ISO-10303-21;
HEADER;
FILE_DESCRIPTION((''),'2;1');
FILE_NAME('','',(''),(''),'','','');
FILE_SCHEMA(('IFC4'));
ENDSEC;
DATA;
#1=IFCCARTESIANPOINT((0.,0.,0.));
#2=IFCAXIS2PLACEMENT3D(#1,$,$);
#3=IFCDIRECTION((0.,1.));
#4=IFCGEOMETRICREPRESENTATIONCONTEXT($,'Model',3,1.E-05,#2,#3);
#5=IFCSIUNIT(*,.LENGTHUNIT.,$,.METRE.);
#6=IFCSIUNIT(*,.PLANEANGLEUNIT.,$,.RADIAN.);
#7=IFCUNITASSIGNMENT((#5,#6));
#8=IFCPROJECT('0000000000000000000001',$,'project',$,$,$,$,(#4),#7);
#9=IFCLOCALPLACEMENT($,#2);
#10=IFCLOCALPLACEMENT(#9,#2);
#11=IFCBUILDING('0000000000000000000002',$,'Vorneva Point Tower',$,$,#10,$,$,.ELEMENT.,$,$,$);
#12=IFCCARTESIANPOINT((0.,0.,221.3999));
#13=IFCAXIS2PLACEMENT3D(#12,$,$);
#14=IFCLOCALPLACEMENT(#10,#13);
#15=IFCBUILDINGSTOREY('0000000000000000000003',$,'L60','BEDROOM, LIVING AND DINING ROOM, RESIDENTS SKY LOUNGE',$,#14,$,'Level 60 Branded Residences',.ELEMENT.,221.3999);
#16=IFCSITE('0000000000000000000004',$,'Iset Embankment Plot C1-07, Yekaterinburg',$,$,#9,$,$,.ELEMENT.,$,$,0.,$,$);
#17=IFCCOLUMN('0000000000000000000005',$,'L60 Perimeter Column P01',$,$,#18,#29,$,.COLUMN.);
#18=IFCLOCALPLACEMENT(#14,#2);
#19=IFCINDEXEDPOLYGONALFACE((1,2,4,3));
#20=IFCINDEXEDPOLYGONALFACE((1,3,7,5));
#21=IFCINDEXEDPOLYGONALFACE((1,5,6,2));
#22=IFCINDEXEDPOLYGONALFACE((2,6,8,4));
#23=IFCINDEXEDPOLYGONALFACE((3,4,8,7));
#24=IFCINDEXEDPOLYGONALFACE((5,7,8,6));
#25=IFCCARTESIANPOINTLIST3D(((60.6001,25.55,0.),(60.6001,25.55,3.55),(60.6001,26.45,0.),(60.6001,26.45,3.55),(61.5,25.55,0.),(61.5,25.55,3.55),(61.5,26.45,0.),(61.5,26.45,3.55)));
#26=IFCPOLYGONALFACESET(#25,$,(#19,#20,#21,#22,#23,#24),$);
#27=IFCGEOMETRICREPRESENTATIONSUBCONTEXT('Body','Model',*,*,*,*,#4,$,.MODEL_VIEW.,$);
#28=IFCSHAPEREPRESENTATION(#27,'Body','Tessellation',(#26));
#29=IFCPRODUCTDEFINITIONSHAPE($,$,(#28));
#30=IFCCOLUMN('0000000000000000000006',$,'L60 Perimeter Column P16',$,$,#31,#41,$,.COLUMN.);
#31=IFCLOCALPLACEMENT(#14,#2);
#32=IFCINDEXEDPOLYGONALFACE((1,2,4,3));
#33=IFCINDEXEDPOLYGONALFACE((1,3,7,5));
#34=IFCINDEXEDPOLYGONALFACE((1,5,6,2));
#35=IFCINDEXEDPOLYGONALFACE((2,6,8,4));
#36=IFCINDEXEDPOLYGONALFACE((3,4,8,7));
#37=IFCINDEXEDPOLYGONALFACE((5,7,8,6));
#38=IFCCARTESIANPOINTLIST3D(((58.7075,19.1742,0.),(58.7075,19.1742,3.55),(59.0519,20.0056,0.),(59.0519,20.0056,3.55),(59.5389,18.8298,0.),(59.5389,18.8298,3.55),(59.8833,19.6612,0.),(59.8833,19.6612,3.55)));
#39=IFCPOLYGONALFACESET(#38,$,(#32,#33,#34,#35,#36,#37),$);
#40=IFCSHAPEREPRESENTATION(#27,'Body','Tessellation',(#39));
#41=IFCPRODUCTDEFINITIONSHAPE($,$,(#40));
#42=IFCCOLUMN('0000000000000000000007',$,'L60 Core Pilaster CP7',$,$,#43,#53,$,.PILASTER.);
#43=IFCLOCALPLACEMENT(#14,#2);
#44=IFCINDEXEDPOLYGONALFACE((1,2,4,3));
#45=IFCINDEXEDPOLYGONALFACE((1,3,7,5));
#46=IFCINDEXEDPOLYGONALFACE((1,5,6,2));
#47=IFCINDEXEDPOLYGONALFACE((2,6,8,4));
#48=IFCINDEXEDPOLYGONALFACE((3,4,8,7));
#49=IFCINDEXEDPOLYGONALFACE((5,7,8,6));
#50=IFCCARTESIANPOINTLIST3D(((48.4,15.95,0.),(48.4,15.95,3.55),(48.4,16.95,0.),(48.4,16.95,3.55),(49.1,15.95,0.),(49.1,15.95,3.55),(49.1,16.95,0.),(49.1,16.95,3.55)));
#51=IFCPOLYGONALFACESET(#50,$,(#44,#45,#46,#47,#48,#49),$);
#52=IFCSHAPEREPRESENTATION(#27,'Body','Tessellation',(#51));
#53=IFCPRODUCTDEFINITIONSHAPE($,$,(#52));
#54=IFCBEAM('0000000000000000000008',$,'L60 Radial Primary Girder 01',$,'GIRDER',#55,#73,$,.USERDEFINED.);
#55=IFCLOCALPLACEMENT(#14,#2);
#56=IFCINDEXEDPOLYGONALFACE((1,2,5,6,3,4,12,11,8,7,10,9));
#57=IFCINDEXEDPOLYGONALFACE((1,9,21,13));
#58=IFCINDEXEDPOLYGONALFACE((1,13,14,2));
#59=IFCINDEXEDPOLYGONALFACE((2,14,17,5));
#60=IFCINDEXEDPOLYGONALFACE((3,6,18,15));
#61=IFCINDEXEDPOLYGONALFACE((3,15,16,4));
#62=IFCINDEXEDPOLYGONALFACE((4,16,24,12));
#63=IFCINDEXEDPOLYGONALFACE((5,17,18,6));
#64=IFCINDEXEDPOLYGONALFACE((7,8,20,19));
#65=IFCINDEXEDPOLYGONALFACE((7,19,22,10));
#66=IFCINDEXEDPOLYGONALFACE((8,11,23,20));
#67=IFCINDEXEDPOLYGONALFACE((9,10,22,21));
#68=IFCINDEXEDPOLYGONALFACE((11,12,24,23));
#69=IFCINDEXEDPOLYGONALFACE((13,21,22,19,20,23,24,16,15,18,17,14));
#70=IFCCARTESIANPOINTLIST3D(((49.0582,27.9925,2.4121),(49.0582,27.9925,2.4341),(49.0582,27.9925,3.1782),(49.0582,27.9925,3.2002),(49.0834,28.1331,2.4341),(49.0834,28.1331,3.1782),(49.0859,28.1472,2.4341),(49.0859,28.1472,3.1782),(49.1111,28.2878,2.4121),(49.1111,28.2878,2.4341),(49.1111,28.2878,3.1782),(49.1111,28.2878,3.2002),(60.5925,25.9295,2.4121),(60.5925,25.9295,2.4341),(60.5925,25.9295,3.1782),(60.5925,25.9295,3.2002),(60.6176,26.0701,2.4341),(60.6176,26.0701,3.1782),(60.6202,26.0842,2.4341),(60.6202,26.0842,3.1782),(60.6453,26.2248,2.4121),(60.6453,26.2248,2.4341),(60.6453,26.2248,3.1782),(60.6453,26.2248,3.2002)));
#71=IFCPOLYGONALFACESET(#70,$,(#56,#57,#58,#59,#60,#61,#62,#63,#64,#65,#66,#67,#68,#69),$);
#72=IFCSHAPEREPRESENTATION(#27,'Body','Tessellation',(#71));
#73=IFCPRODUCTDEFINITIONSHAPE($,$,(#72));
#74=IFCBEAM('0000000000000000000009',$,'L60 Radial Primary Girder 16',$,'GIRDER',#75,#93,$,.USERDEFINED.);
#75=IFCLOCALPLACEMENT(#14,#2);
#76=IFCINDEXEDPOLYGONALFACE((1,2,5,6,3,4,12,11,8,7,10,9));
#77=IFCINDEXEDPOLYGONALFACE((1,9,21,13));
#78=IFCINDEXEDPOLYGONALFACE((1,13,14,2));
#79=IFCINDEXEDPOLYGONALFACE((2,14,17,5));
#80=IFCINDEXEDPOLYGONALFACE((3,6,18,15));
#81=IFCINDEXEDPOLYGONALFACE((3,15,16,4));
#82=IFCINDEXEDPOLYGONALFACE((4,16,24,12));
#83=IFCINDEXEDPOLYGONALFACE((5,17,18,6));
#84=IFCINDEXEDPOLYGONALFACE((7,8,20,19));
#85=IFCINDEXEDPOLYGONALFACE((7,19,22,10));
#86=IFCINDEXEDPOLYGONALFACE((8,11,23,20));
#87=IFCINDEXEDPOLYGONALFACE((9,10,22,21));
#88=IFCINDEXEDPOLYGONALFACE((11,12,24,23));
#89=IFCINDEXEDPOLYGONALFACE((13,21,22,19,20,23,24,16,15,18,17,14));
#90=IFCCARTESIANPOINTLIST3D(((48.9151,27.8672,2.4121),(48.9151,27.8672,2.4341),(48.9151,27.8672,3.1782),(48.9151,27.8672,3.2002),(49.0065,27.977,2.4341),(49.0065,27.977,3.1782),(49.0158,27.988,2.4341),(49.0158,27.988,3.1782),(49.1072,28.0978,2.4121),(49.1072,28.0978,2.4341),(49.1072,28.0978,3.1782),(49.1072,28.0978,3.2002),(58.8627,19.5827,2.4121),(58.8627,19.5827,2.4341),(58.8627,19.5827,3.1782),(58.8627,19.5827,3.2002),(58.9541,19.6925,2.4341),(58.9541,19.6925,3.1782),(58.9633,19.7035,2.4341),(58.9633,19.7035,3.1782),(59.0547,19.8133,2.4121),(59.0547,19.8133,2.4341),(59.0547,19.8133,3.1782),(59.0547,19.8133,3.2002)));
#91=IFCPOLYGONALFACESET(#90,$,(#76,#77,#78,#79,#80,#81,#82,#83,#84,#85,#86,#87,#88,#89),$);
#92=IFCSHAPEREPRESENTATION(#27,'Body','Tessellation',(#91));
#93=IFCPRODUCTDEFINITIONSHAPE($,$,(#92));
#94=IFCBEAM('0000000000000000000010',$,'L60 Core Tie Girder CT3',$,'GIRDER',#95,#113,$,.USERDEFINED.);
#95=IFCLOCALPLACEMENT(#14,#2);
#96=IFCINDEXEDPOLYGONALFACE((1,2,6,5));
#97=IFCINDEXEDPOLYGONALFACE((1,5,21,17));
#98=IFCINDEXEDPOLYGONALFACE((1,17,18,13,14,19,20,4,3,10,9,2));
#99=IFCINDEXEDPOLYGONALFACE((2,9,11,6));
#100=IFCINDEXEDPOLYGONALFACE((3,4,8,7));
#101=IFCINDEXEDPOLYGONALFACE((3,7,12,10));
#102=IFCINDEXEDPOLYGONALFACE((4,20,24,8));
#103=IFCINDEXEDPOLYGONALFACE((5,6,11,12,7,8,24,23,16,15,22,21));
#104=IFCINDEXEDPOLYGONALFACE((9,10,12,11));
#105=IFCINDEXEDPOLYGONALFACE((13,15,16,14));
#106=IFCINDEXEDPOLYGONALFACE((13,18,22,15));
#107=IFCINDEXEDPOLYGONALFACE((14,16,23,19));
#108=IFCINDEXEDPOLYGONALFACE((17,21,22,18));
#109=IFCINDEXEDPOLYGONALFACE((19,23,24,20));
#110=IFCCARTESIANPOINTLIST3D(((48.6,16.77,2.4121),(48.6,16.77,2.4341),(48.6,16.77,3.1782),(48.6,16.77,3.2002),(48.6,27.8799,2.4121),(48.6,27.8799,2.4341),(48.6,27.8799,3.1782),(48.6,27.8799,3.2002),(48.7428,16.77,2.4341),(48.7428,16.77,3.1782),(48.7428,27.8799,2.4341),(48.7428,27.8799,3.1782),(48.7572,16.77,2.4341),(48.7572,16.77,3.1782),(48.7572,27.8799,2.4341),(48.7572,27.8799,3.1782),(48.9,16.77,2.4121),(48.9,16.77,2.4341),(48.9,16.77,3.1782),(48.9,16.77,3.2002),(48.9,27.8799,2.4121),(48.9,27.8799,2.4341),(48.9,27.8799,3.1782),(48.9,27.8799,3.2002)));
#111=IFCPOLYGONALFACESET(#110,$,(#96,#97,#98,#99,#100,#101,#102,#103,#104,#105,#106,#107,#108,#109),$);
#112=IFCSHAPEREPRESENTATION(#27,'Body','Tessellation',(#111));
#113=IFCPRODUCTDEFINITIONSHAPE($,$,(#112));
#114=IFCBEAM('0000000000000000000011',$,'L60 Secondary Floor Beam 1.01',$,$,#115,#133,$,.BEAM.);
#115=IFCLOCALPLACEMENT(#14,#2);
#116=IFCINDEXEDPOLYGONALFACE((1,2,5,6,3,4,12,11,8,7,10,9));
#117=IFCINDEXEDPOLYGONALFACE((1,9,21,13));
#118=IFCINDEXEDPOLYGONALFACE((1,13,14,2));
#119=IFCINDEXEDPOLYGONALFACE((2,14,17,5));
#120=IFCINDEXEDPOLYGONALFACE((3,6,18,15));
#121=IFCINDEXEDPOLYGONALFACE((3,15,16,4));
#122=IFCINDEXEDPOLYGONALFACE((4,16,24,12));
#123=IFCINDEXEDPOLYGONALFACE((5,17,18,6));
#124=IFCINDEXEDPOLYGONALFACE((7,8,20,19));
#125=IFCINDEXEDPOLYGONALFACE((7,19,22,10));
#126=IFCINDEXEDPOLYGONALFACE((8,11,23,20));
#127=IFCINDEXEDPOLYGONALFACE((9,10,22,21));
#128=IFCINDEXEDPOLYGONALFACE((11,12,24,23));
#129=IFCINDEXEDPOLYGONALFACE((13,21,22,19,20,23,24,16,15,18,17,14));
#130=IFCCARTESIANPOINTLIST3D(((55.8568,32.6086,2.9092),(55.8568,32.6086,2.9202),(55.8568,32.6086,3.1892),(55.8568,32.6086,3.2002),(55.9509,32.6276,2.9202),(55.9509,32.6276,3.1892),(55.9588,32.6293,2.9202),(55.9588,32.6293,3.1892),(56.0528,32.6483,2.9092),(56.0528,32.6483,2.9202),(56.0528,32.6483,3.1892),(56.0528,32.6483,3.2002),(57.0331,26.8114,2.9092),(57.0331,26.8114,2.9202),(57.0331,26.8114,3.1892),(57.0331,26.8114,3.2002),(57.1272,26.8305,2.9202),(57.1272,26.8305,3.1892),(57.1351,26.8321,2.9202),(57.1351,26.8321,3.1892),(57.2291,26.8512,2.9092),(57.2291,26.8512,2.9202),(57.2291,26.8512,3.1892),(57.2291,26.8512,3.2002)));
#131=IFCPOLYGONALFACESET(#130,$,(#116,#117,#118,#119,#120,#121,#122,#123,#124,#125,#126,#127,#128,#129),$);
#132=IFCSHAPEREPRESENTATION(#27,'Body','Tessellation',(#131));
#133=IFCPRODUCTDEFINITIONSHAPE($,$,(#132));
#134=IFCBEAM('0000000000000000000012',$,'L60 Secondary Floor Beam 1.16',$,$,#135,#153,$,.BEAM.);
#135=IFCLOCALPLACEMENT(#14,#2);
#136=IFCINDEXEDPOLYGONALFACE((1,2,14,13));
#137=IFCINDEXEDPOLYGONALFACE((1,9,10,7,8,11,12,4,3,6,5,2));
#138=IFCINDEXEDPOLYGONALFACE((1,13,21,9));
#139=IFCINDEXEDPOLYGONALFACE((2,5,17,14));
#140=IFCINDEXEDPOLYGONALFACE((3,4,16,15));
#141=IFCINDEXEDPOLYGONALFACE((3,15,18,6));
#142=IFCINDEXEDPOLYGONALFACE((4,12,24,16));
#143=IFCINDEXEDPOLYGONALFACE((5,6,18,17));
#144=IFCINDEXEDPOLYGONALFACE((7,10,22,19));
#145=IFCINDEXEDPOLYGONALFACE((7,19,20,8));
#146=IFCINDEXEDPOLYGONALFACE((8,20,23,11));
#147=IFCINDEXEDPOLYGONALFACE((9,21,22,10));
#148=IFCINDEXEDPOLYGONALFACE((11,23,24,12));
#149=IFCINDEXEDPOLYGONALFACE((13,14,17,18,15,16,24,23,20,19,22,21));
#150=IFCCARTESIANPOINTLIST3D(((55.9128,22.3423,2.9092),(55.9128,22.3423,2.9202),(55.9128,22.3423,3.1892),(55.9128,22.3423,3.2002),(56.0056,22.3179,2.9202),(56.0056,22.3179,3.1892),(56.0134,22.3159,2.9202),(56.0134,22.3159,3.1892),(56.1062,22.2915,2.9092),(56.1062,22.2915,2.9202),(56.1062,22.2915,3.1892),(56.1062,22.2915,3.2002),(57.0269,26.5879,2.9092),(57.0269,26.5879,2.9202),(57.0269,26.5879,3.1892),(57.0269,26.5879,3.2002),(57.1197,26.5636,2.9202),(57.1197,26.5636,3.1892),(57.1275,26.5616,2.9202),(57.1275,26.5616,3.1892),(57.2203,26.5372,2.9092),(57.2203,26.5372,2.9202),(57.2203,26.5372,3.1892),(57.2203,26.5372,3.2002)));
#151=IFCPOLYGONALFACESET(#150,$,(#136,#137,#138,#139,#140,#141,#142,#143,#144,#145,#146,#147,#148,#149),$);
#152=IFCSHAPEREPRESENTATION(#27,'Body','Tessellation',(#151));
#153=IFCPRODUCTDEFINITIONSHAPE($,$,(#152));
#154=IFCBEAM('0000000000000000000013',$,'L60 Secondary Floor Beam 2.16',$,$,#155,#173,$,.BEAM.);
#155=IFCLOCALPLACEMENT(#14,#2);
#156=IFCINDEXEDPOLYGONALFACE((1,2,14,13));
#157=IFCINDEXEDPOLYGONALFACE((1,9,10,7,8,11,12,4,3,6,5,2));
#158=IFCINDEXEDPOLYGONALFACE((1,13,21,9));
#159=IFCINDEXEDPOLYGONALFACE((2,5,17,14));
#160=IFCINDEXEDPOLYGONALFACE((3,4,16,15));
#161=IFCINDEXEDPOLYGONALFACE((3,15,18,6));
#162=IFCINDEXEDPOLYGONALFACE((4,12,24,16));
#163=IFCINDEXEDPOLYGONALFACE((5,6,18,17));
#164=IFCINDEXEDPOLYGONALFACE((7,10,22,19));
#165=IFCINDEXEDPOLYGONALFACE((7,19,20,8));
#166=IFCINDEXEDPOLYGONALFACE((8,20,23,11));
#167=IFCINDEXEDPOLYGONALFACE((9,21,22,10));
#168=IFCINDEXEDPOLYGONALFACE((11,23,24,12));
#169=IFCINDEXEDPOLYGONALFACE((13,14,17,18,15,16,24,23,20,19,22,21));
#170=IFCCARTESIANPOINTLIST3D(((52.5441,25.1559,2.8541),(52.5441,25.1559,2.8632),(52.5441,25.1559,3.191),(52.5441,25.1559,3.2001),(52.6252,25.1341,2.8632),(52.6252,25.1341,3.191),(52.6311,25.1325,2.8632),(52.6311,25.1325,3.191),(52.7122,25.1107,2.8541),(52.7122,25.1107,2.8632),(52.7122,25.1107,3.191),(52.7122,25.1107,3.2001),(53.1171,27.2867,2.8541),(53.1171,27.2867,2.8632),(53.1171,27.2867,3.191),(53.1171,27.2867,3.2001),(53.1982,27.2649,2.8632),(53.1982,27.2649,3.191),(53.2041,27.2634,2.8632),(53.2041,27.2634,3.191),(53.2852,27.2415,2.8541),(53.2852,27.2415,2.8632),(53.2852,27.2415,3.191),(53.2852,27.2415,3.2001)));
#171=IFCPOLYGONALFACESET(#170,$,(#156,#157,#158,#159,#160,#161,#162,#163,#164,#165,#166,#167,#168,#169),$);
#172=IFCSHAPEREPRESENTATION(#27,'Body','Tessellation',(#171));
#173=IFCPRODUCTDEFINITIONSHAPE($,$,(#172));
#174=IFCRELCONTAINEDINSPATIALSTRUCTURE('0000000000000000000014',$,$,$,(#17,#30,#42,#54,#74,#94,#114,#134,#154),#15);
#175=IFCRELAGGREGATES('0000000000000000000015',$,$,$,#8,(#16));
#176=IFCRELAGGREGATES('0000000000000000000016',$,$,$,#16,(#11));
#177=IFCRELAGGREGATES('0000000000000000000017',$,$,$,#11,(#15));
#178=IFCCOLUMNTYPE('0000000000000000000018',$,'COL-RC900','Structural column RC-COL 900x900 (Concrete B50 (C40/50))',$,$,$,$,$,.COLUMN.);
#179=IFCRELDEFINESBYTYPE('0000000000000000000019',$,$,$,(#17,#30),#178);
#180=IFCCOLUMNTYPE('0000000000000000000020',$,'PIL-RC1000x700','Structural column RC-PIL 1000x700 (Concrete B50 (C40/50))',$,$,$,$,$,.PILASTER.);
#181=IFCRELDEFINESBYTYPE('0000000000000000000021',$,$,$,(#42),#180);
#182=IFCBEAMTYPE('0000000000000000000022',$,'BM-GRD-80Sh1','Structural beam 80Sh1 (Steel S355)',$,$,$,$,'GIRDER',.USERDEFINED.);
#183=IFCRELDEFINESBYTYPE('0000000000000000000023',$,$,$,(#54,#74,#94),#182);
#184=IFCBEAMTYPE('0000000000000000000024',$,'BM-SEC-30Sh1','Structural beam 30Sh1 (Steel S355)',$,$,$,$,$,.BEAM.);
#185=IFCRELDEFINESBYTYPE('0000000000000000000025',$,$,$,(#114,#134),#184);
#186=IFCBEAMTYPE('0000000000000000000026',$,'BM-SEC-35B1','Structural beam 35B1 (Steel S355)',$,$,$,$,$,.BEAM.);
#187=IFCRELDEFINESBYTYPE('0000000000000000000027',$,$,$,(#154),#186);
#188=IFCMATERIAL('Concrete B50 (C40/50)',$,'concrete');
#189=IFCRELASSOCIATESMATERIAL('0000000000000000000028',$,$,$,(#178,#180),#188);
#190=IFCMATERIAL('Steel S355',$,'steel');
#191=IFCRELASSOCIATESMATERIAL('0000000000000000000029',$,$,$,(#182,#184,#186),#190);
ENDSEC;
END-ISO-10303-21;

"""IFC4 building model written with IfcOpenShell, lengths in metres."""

from ifc_helpers import new_model, si_unit, direction, frame, origin, origin_2d, place, context, subcontext, project, spatial, rectangle, i_section, extrude, material, material_profile, profile_set, type_object, element, save


model = new_model("IFC4")

# Units and contexts
model_context = context("Model", 3, precision=1e-05, world=origin(), true_north=direction((0.0, 1.0)))
body_context = subcontext(model_context, "Body", "Model", "MODEL_VIEW")
ifc_project = project(units=[si_unit("LENGTHUNIT", "METRE"), si_unit("PLANEANGLEUNIT", "RADIAN")], contexts=[model_context])

# Site, building, storey
site_placement = place(None, origin())
site = spatial("IfcSite", under=ifc_project, at=site_placement, Name="Iset Embankment Plot C1-07, Yekaterinburg", CompositionType="ELEMENT", RefElevation=0.0)
building_placement = place(site_placement, origin())
building = spatial("IfcBuilding", under=site, at=building_placement, Name="Vorneva Point Tower", CompositionType="ELEMENT")
storey_placement = place(building_placement, frame((0.0, 0.0, 221.3999)))
storey = spatial("IfcBuildingStorey", under=building, at=storey_placement, Name="L60", Description="BEDROOM, LIVING AND DINING ROOM, RESIDENTS SKY LOUNGE", LongName="Level 60 Branded Residences", CompositionType="ELEMENT", Elevation=221.3999)

# Columns
ifc_material_1 = material(Name="Concrete B50 (C40/50)", Category="concrete")
ifc_material_profile_1 = material_profile(ifc_material_1, rectangle(XDim=0.8999, YDim=0.8999, at=origin_2d()), Name="RC-COL 900x900")
ifc_profile_set_1 = profile_set([ifc_material_profile_1], Name="Concrete B50 (C40/50)")
column_type_1 = type_object("IfcColumnType", Name="COL-RC900", Description="Structural column RC-COL 900x900 (Concrete B50 (C40/50))", PredefinedType="COLUMN", material=ifc_profile_set_1)
for number, where, z_axis, x_axis, name in (
    (1, (61.05, 26.0, 0.0), (0.0, 0.0, 1.0), (1.0, 0.0, 0.0), "L60 Perimeter Column P01"),
    (2, (59.2954, 19.4177, 0.0), (0.0, 0.0, 1.0), (0.92388, -0.382683, 0.0), "L60 Perimeter Column P16"),
):
    element("IfcColumn", number, at=place(storey_placement, frame(where, z_axis=z_axis, x_axis=x_axis)), inside=storey, type_object=column_type_1, Name=name, PredefinedType="COLUMN", context=body_context, shape_type="SweptSolid", body=[
        extrude(rectangle(XDim=0.8999, YDim=0.8999, at=origin_2d()), origin(), (0.0, 0.0, 1.0), 3.55),
    ])
ifc_material_profile_2 = material_profile(ifc_material_1, rectangle(XDim=0.7, YDim=1.0, at=origin_2d()), Name="RC-PIL 1000x700")
ifc_profile_set_2 = profile_set([ifc_material_profile_2], Name="Concrete B50 (C40/50)")
column_type_2 = type_object("IfcColumnType", Name="PIL-RC1000x700", Description="Structural column RC-PIL 1000x700 (Concrete B50 (C40/50))", PredefinedType="PILASTER", material=ifc_profile_set_2)
column_placement = place(storey_placement, frame((48.75, 16.45, 0.0), z_axis=(0.0, 0.0, 1.0), x_axis=(1.0, 0.0, 0.0)))
element("IfcColumn", 3, at=column_placement, inside=storey, type_object=column_type_2, Name="L60 Core Pilaster CP7", PredefinedType="PILASTER", context=body_context, shape_type="SweptSolid", body=[
    extrude(rectangle(XDim=0.7, YDim=1.0, at=origin_2d()), origin(), (0.0, 0.0, 1.0), 3.55),
])

# Beams
ifc_material_2 = material(Name="Steel S355", Category="steel")
ifc_material_profile_3 = material_profile(ifc_material_2, i_section(OverallWidth=0.3, OverallDepth=0.7881, WebThickness=0.0144, FlangeThickness=0.022, at=origin_2d()), Name="80Sh1")
ifc_profile_set_3 = profile_set([ifc_material_profile_3], Name="Steel S355")
beam_type_1 = type_object("IfcBeamType", Name="BM-GRD-80Sh1", Description="Structural beam 80Sh1 (Steel S355)", ElementType="GIRDER", PredefinedType="USERDEFINED", material=ifc_profile_set_3)
beam_1_placement = place(storey_placement, frame((60.6189, 26.0771, 2.8062), z_axis=(-0.984379, 0.176065, 0.0), x_axis=(-0.176065, -0.984379, 0.0)))
element("IfcBeam", 4, at=beam_1_placement, inside=storey, type_object=beam_type_1, Name="L60 Radial Primary Girder 01", ObjectType="GIRDER", PredefinedType="USERDEFINED", context=body_context, shape_type="SweptSolid", body=[
    extrude(i_section(OverallWidth=0.3, OverallDepth=0.7881, WebThickness=0.0144, FlangeThickness=0.022, at=origin_2d()), origin(), (0.0, 0.0, 1.0), 11.7173),
])
beam_2_placement = place(storey_placement, frame((58.9587, 19.698, 2.8062), z_axis=(-0.768418, 0.639949, 0.0), x_axis=(-0.639949, -0.768418, 0.0)))
element("IfcBeam", 5, at=beam_2_placement, inside=storey, type_object=beam_type_1, Name="L60 Radial Primary Girder 16", ObjectType="GIRDER", PredefinedType="USERDEFINED", context=body_context, shape_type="SweptSolid", body=[
    extrude(i_section(OverallWidth=0.3, OverallDepth=0.7881, WebThickness=0.0144, FlangeThickness=0.022, at=origin_2d()), origin(), (0.0, 0.0, 1.0), 12.9456),
])
beam_3_placement = place(storey_placement, frame((48.75, 16.77, 2.8062), z_axis=(0.0, 1.0, 0.0), x_axis=(-1.0, 0.0, 0.0)))
element("IfcBeam", 6, at=beam_3_placement, inside=storey, type_object=beam_type_1, Name="L60 Core Tie Girder CT3", ObjectType="GIRDER", PredefinedType="USERDEFINED", context=body_context, shape_type="SweptSolid", body=[
    extrude(i_section(OverallWidth=0.3, OverallDepth=0.7881, WebThickness=0.0144, FlangeThickness=0.022, at=origin_2d()), origin(), (0.0, 0.0, 1.0), 11.1099),
])
ifc_material_profile_4 = material_profile(ifc_material_2, i_section(OverallWidth=0.2, OverallDepth=0.291, WebThickness=0.0081, FlangeThickness=0.011, at=origin_2d()), Name="30Sh1")
ifc_profile_set_4 = profile_set([ifc_material_profile_4], Name="Steel S355")
beam_type_2 = type_object("IfcBeamType", Name="BM-SEC-30Sh1", Description="Structural beam 30Sh1 (Steel S355)", PredefinedType="BEAM", material=ifc_profile_set_4)
beam_4_placement = place(storey_placement, frame((57.1311, 26.8313, 3.0547), z_axis=(-0.198854, 0.980029, 0.0), x_axis=(-0.980029, -0.198854, 0.0)))
element("IfcBeam", 7, at=beam_4_placement, inside=storey, type_object=beam_type_2, Name="L60 Secondary Floor Beam 1.01", PredefinedType="BEAM", context=body_context, shape_type="SweptSolid", body=[
    extrude(i_section(OverallWidth=0.2, OverallDepth=0.291, WebThickness=0.0081, FlangeThickness=0.011, at=origin_2d()), origin(), (0.0, 0.0, 1.0), 5.9153),
])
beam_5_placement = place(storey_placement, frame((56.0095, 22.3169, 3.0547), z_axis=(0.253801, 0.967257, 0.0), x_axis=(-0.967257, 0.253801, 0.0)))
element("IfcBeam", 8, at=beam_5_placement, inside=storey, type_object=beam_type_2, Name="L60 Secondary Floor Beam 1.16", PredefinedType="BEAM", context=body_context, shape_type="SweptSolid", body=[
    extrude(i_section(OverallWidth=0.2, OverallDepth=0.291, WebThickness=0.0081, FlangeThickness=0.011, at=origin_2d()), origin(), (0.0, 0.0, 1.0), 4.3894),
])
ifc_material_profile_5 = material_profile(ifc_material_2, i_section(OverallWidth=0.1741, OverallDepth=0.3459, WebThickness=0.0061, FlangeThickness=0.009, at=origin_2d()), Name="35B1")
ifc_profile_set_5 = profile_set([ifc_material_profile_5], Name="Steel S355")
beam_type_3 = type_object("IfcBeamType", Name="BM-SEC-35B1", Description="Structural beam 35B1 (Steel S355)", PredefinedType="BEAM", material=ifc_profile_set_5)
beam_6_placement = place(storey_placement, frame((52.6282, 25.1333, 3.0271), z_axis=(0.25968, 0.965695, 0.0), x_axis=(-0.965695, 0.25968, 0.0)))
element("IfcBeam", 9, at=beam_6_placement, inside=storey, type_object=beam_type_3, Name="L60 Secondary Floor Beam 2.16", PredefinedType="BEAM", context=body_context, shape_type="SweptSolid", body=[
    extrude(i_section(OverallWidth=0.1741, OverallDepth=0.3459, WebThickness=0.0061, FlangeThickness=0.009, at=origin_2d()), origin(), (0.0, 0.0, 1.0), 2.2065),
])

save(model, "model.ifc")
